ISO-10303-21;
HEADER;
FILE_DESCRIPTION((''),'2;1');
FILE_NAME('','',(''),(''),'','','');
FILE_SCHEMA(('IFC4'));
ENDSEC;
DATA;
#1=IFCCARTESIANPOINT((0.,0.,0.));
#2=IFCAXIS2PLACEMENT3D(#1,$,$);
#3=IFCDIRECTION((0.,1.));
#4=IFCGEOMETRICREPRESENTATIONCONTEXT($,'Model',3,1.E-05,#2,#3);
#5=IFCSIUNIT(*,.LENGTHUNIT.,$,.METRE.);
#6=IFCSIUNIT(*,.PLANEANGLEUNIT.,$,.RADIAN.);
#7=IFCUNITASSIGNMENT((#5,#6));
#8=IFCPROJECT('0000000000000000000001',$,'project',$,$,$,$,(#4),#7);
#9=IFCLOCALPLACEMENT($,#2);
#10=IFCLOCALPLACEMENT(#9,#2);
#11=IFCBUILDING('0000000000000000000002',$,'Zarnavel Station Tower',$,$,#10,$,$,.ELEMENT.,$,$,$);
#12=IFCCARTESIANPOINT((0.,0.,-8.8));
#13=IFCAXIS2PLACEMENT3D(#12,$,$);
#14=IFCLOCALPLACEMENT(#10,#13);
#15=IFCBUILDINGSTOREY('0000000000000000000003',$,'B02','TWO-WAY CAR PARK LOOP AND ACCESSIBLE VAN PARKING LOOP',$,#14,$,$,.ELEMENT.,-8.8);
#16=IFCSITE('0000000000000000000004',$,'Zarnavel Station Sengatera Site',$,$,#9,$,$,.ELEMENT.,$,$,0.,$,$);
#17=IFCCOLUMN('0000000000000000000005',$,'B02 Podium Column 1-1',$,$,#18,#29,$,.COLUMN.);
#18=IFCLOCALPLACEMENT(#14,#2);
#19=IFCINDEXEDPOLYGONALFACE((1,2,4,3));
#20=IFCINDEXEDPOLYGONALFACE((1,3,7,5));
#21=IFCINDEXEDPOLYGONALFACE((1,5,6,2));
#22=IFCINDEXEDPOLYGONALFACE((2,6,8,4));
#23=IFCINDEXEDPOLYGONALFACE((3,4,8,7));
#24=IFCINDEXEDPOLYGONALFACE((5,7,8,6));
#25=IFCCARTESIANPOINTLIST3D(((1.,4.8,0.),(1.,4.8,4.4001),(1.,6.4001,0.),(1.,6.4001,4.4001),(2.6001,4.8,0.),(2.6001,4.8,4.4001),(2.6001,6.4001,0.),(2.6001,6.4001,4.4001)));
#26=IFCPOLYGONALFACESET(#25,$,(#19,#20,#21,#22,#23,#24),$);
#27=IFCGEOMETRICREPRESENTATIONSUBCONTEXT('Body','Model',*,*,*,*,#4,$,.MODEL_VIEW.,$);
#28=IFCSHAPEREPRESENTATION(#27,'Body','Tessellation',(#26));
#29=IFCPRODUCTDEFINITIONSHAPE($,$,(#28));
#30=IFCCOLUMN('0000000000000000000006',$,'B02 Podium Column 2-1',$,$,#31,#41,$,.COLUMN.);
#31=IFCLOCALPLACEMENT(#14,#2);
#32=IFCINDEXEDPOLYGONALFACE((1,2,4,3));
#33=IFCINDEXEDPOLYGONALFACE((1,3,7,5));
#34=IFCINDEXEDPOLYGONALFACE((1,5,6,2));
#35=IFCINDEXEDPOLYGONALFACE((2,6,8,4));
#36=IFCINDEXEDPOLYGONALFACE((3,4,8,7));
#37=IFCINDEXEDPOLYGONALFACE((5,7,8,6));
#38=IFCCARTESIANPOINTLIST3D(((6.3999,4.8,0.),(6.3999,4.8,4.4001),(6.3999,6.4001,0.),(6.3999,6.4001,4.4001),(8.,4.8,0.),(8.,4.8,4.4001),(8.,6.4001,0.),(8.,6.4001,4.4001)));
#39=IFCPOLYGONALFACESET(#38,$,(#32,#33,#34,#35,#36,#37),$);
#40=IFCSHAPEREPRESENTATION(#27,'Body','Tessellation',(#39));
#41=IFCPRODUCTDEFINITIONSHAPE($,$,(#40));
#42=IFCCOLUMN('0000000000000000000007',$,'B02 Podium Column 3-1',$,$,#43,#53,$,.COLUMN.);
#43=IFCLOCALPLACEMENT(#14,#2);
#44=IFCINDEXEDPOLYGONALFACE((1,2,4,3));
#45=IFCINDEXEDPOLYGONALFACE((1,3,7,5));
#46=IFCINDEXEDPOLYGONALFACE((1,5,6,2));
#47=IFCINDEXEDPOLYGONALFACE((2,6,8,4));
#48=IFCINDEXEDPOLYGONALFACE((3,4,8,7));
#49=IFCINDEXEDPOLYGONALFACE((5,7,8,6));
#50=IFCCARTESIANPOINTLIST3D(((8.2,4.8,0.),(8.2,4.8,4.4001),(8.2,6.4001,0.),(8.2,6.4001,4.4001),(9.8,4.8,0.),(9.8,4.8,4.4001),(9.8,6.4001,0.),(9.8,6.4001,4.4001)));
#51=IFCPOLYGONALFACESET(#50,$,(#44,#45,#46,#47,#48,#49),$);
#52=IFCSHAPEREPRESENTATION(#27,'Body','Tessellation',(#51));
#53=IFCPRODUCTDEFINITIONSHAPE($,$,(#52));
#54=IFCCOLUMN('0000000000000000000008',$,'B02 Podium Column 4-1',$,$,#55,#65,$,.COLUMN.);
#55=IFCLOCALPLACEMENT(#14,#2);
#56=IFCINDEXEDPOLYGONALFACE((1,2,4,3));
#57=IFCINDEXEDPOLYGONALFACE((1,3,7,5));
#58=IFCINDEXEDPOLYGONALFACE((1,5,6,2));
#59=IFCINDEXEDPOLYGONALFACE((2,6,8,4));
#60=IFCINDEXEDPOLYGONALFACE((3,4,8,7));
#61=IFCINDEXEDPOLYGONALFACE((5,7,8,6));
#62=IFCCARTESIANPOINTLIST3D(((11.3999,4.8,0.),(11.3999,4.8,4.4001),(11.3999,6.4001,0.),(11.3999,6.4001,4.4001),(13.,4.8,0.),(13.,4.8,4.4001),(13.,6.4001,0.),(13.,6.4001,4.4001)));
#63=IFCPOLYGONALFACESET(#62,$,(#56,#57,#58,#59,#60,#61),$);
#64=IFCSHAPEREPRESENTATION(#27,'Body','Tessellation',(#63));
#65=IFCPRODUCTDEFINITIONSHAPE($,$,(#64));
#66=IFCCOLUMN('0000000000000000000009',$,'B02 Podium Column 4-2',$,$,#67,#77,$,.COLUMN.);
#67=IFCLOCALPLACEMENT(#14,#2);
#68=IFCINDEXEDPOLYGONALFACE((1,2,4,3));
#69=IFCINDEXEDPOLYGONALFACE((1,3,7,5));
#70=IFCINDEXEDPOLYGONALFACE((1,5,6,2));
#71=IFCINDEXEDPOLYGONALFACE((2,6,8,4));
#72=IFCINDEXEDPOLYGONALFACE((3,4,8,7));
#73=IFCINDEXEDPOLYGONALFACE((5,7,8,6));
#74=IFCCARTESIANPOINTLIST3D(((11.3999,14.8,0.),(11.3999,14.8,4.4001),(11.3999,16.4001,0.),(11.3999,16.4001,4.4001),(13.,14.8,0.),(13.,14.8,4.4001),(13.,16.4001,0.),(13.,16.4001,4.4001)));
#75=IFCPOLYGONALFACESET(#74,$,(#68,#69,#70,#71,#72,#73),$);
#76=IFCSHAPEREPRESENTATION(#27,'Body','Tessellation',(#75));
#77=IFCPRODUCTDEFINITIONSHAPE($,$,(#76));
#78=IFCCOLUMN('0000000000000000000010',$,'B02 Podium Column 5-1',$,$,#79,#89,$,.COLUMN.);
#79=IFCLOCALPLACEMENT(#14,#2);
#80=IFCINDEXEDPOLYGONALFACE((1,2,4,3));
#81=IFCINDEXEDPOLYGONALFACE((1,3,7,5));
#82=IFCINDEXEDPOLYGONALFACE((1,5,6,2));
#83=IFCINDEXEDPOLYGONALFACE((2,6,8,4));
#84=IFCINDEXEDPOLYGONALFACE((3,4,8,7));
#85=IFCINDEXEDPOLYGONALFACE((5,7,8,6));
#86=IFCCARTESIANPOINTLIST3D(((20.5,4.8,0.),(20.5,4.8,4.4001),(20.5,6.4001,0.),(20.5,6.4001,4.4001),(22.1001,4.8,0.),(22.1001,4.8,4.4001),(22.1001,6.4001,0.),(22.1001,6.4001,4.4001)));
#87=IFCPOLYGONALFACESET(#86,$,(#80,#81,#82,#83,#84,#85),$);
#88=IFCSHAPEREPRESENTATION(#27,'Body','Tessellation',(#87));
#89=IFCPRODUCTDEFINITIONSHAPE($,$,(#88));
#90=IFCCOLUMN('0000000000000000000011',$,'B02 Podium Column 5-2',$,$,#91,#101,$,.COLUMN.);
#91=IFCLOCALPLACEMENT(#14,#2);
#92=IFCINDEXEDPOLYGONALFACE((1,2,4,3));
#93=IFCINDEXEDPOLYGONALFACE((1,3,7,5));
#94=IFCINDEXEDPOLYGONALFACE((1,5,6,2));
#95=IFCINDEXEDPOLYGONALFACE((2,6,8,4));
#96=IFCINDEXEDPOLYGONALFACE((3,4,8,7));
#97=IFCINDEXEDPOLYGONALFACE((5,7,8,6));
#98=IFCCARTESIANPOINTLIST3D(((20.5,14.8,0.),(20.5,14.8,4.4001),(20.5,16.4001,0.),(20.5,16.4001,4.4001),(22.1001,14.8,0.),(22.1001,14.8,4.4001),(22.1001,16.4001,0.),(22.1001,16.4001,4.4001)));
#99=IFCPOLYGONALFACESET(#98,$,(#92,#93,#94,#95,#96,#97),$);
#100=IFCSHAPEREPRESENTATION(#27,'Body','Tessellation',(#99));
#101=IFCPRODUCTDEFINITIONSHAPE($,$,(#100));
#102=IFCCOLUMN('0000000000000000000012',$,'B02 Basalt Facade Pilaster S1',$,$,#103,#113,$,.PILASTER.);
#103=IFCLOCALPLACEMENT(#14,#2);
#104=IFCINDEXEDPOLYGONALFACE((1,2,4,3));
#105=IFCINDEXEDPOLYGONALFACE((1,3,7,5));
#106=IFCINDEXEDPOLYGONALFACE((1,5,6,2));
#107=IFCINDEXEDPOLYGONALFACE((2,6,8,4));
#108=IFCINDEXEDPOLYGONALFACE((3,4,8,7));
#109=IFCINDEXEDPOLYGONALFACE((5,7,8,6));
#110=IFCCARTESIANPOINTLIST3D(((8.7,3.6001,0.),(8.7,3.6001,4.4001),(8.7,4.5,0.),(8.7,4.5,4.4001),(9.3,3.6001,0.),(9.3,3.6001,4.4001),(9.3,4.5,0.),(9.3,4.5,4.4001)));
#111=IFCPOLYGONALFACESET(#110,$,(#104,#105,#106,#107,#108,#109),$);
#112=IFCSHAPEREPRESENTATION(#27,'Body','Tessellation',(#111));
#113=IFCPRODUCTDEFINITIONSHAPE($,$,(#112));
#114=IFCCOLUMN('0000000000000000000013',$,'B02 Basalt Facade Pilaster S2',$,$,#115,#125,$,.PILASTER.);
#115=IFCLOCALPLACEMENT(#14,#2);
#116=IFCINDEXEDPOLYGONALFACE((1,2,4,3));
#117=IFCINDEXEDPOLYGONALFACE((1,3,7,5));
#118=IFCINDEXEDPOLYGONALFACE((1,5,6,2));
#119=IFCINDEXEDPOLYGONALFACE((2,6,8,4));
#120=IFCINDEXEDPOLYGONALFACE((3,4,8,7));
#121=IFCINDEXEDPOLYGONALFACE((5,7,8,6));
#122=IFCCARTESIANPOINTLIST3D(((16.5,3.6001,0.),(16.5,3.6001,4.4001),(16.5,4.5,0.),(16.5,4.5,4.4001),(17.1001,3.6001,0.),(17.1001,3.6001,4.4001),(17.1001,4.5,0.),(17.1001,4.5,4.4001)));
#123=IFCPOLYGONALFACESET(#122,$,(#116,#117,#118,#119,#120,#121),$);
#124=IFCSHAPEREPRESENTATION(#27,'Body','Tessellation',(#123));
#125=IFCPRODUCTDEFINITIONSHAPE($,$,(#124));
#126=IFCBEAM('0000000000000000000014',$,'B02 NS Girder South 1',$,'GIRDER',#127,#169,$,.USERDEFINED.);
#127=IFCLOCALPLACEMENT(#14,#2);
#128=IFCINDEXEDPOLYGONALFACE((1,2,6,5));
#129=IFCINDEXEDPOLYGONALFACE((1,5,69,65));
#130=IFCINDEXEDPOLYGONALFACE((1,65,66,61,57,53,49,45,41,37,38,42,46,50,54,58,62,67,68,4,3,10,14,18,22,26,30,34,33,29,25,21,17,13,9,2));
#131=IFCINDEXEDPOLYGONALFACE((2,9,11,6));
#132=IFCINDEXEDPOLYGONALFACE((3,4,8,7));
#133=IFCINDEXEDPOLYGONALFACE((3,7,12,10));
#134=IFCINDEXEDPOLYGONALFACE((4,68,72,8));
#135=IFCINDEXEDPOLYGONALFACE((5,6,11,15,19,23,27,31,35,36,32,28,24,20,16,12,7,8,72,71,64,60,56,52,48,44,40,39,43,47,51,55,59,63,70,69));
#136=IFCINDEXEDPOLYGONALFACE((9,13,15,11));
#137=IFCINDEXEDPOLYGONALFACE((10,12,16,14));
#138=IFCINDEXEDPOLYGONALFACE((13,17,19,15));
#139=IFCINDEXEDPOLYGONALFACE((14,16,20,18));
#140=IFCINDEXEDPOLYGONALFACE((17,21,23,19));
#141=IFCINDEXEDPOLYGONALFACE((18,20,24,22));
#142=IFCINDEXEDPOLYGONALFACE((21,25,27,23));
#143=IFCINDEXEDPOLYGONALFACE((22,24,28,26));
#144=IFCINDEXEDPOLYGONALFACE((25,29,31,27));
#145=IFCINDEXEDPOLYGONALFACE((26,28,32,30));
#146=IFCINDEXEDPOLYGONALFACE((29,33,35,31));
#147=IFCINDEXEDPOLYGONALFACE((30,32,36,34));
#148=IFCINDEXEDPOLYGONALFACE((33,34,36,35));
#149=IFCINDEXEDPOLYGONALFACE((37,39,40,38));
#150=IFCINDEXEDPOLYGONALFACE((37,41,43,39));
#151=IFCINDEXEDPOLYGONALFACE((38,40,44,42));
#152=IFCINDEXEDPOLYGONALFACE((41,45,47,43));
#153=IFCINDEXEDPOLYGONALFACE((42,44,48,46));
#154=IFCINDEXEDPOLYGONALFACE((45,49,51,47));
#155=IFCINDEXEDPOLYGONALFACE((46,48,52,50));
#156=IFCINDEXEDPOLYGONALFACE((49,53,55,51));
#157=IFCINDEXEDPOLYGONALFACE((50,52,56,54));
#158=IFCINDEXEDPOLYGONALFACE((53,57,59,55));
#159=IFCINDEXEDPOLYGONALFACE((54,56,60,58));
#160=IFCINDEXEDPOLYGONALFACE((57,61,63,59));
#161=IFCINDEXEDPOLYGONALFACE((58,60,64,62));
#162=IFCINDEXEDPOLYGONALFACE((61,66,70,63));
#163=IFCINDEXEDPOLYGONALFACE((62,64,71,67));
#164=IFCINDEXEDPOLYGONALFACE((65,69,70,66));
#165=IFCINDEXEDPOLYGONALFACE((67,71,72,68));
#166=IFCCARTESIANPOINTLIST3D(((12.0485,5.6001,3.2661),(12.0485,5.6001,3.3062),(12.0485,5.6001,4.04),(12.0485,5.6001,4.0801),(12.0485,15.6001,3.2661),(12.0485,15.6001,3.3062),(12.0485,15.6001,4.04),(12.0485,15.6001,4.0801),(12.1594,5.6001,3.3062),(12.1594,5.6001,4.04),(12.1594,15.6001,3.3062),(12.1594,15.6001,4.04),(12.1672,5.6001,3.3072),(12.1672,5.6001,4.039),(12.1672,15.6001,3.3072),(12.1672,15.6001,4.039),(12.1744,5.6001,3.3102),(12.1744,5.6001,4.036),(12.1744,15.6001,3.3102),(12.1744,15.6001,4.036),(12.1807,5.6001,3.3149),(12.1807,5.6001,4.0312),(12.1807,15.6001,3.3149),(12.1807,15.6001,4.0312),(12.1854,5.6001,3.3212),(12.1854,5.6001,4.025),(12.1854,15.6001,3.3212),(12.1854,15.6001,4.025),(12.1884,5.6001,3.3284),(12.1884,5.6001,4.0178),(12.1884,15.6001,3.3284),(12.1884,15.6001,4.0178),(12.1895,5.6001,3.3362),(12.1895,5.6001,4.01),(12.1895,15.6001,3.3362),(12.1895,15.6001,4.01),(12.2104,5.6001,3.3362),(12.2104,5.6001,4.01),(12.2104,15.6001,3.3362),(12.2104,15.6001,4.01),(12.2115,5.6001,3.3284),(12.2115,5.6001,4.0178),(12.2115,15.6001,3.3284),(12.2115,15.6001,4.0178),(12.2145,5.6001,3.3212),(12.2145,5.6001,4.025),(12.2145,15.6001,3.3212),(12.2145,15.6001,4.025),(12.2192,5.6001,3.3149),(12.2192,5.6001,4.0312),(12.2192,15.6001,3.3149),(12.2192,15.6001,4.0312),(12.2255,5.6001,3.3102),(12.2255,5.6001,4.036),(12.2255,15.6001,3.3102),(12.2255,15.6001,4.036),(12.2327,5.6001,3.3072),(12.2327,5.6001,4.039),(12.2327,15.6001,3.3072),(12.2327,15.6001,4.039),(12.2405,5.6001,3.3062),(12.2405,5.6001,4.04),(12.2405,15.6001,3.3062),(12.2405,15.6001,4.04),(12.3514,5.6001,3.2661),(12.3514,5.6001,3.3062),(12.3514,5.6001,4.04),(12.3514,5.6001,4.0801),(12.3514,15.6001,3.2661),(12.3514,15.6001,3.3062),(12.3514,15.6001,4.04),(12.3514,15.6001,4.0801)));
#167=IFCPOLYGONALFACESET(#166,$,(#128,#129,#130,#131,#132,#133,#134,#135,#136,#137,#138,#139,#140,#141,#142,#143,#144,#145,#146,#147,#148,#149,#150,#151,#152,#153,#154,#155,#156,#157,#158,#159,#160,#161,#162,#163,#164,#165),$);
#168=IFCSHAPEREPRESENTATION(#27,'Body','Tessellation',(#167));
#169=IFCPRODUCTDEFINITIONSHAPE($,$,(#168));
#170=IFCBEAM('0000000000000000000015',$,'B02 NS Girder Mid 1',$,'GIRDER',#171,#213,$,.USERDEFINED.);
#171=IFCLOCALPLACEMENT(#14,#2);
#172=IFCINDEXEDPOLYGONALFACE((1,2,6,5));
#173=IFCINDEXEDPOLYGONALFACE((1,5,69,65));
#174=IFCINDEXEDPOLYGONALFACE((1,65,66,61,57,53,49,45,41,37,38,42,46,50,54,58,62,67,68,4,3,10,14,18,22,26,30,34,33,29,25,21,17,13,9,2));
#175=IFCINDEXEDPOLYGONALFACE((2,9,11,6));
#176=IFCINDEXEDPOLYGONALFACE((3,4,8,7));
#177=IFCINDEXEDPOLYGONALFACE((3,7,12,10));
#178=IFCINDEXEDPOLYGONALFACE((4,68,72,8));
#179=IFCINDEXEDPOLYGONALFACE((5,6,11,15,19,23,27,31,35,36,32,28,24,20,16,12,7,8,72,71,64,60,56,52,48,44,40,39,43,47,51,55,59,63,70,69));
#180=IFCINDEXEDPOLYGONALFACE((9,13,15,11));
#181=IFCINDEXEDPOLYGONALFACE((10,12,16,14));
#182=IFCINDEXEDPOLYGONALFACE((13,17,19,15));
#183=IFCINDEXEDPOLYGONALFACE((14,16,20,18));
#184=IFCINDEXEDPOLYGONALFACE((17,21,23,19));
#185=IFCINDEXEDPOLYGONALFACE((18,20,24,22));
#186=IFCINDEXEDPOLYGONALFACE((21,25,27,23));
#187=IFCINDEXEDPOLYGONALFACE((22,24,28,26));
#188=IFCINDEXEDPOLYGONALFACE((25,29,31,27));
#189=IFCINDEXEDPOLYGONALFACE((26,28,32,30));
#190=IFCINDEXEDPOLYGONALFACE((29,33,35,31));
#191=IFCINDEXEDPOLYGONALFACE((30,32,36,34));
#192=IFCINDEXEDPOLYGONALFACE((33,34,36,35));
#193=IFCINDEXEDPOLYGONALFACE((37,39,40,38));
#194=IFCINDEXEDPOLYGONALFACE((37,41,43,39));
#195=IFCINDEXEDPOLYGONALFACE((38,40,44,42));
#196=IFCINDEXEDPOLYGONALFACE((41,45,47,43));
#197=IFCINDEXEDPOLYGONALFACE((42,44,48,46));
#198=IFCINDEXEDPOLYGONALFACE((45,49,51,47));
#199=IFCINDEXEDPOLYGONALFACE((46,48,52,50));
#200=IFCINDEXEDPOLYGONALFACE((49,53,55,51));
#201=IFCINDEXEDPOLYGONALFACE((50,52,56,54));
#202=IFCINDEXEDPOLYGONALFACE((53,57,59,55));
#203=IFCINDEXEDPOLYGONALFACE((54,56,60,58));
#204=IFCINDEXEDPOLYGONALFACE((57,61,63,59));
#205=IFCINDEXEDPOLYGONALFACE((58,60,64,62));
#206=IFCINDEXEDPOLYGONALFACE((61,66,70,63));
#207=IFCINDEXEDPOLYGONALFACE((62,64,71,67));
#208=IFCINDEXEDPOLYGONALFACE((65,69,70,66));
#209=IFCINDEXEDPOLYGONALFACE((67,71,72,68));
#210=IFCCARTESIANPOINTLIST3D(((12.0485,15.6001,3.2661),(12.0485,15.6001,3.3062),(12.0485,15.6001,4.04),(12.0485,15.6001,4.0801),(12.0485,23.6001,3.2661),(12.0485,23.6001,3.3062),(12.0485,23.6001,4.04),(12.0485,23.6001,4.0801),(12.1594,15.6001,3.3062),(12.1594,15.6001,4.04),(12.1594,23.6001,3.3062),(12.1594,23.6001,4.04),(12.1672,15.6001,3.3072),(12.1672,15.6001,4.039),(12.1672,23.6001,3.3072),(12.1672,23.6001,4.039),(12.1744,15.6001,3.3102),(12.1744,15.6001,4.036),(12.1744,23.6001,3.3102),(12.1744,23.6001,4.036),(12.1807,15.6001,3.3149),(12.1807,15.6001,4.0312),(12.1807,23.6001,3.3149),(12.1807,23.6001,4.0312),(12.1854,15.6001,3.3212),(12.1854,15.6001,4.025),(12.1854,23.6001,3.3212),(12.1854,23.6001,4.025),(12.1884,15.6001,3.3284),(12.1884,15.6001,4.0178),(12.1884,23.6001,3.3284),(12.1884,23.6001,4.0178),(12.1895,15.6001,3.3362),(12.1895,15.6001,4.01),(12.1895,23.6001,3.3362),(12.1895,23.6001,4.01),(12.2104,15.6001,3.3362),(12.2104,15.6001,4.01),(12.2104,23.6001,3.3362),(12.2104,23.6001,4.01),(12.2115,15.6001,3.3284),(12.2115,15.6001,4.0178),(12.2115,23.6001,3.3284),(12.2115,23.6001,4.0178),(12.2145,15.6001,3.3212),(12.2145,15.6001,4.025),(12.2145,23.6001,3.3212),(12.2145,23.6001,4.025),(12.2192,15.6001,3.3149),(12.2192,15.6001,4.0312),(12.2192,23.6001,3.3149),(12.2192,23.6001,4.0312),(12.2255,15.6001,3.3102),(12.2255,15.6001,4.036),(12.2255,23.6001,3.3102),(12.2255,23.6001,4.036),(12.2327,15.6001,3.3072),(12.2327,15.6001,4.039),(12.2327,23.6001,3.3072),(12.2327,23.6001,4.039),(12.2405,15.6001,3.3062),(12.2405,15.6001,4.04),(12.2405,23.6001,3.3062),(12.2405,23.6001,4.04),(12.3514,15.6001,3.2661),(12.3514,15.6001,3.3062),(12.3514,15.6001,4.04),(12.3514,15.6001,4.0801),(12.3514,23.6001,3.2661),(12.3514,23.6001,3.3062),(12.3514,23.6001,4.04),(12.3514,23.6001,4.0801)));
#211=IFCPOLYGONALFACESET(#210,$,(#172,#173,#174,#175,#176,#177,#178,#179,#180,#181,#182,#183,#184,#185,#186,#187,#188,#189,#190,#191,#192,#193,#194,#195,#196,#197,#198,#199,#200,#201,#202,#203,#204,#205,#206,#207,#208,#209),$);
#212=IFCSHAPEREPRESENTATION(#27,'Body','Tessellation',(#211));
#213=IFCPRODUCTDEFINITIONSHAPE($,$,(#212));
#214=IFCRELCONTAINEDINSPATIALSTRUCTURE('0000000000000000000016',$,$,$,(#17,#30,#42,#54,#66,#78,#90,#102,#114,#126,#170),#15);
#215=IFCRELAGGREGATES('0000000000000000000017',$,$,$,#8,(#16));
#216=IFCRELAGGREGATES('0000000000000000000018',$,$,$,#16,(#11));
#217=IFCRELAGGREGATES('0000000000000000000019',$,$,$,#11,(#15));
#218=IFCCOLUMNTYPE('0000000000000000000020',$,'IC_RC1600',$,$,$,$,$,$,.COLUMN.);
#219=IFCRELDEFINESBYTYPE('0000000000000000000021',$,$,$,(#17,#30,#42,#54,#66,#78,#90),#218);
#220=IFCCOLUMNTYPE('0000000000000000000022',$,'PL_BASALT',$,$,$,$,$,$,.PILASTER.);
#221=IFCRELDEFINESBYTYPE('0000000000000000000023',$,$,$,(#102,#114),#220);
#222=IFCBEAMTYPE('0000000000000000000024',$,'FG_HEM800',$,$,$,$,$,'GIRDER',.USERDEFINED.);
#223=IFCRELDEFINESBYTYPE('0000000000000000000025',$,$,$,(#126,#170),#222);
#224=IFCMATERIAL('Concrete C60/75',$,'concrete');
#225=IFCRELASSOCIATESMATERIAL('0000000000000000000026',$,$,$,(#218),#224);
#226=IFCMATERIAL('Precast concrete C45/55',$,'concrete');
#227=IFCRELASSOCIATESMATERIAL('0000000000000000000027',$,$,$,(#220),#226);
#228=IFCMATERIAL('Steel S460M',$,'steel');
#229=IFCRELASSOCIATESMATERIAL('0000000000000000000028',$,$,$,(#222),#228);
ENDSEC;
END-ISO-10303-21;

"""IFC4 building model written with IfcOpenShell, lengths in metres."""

from ifc_helpers import new_model, si_unit, direction, frame, origin, origin_2d, place, context, subcontext, project, spatial, rectangle, i_section, extrude, material, material_profile, profile_set, type_object, element, save


model = new_model("IFC4")

# Units and contexts
model_context = context("Model", 3, precision=1e-05, world=origin(), true_north=direction((0.0, 1.0)))
body_context = subcontext(model_context, "Body", "Model", "MODEL_VIEW")
ifc_project = project(units=[si_unit("LENGTHUNIT", "METRE"), si_unit("PLANEANGLEUNIT", "RADIAN")], contexts=[model_context])

# Site, building, storey
site_placement = place(None, origin())
site = spatial("IfcSite", under=ifc_project, at=site_placement, Name="Zarnavel Station Sengatera Site", CompositionType="ELEMENT", RefElevation=0.0)
building_placement = place(site_placement, origin())
building = spatial("IfcBuilding", under=site, at=building_placement, Name="Zarnavel Station Tower", CompositionType="ELEMENT")
storey_placement = place(building_placement, frame((0.0, 0.0, -8.8)))
storey = spatial("IfcBuildingStorey", under=building, at=storey_placement, Name="B02", Description="TWO-WAY CAR PARK LOOP AND ACCESSIBLE VAN PARKING LOOP", CompositionType="ELEMENT", Elevation=-8.8)

# Columns
ifc_material_1 = material(Name="Concrete C60/75", Category="concrete")
ifc_material_profile_1 = material_profile(ifc_material_1, rectangle(XDim=1.6001, YDim=1.6001, at=origin_2d()), Name="RC1600x1600")
ifc_profile_set_1 = profile_set([ifc_material_profile_1], Name="Concrete C60/75")
column_type_1 = type_object("IfcColumnType", Name="IC_RC1600", PredefinedType="COLUMN", material=ifc_profile_set_1)
for number, where, z_axis, x_axis, name in (
    (1, (1.8, 5.6001, 0.0), (0.0, 0.0, 1.0), (1.0, 0.0, 0.0), "B02 Podium Column 1-1"),
    (2, (7.2, 5.6001, 0.0), (0.0, 0.0, 1.0), (1.0, 0.0, 0.0), "B02 Podium Column 2-1"),
    (3, (9.0, 5.6001, 0.0), (0.0, 0.0, 1.0), (1.0, 0.0, 0.0), "B02 Podium Column 3-1"),
    (4, (12.2, 5.6001, 0.0), (0.0, 0.0, 1.0), (1.0, 0.0, 0.0), "B02 Podium Column 4-1"),
    (5, (12.2, 15.6001, 0.0), (0.0, 0.0, 1.0), (1.0, 0.0, 0.0), "B02 Podium Column 4-2"),
    (6, (21.3, 5.6001, 0.0), (0.0, 0.0, 1.0), (1.0, 0.0, 0.0), "B02 Podium Column 5-1"),
    (7, (21.3, 15.6001, 0.0), (0.0, 0.0, 1.0), (1.0, 0.0, 0.0), "B02 Podium Column 5-2"),
):
    element("IfcColumn", number, at=place(storey_placement, frame(where, z_axis=z_axis, x_axis=x_axis)), inside=storey, type_object=column_type_1, Name=name, PredefinedType="COLUMN", context=body_context, shape_type="SweptSolid", body=[
        extrude(rectangle(XDim=1.6001, YDim=1.6001, at=origin_2d()), origin(), (0.0, 0.0, 1.0), 4.4001),
    ])
ifc_material_2 = material(Name="Precast concrete C45/55", Category="concrete")
ifc_material_profile_2 = material_profile(ifc_material_2, rectangle(XDim=0.6001, YDim=0.8999, at=origin_2d()), Name="RC600x900")
ifc_profile_set_2 = profile_set([ifc_material_profile_2], Name="Precast concrete C45/55")
column_type_2 = type_object("IfcColumnType", Name="PL_BASALT", PredefinedType="PILASTER", material=ifc_profile_set_2)
for number, where, z_axis, x_axis, name in (
    (8, (9.0, 4.05, 0.0), (0.0, 0.0, 1.0), (1.0, 0.0, 0.0), "B02 Basalt Facade Pilaster S1"),
    (9, (16.8, 4.05, 0.0), (0.0, 0.0, 1.0), (1.0, 0.0, 0.0), "B02 Basalt Facade Pilaster S2"),
):
    element("IfcColumn", number, at=place(storey_placement, frame(where, z_axis=z_axis, x_axis=x_axis)), inside=storey, type_object=column_type_2, Name=name, PredefinedType="PILASTER", context=body_context, shape_type="SweptSolid", body=[
        extrude(rectangle(XDim=0.6001, YDim=0.8999, at=origin_2d()), origin(), (0.0, 0.0, 1.0), 4.4001),
    ])

# Beams
ifc_material_3 = material(Name="Steel S460M", Category="steel")
ifc_material_profile_3 = material_profile(ifc_material_3, i_section(OverallWidth=0.303, OverallDepth=0.814, WebThickness=0.021, FlangeThickness=0.04, FilletRadius=0.03, at=origin_2d()), Name="HEM800")
ifc_profile_set_3 = profile_set([ifc_material_profile_3], Name="Steel S460M")
beam_type_1 = type_object("IfcBeamType", Name="FG_HEM800", ElementType="GIRDER", PredefinedType="USERDEFINED", material=ifc_profile_set_3)
beam_1_placement = place(storey_placement, frame((12.2, 5.6001, 3.6731), z_axis=(0.0, 1.0, 0.0), x_axis=(-1.0, 0.0, 0.0)))
element("IfcBeam", 10, at=beam_1_placement, inside=storey, type_object=beam_type_1, Name="B02 NS Girder South 1", ObjectType="GIRDER", PredefinedType="USERDEFINED", context=body_context, shape_type="SweptSolid", body=[
    extrude(i_section(OverallWidth=0.303, OverallDepth=0.814, WebThickness=0.021, FlangeThickness=0.04, FilletRadius=0.03, at=origin_2d()), origin(), (0.0, 0.0, 1.0), 10.0),
])
beam_2_placement = place(storey_placement, frame((12.2, 15.6001, 3.6731), z_axis=(0.0, 1.0, 0.0), x_axis=(-1.0, 0.0, 0.0)))
element("IfcBeam", 11, at=beam_2_placement, inside=storey, type_object=beam_type_1, Name="B02 NS Girder Mid 1", ObjectType="GIRDER", PredefinedType="USERDEFINED", context=body_context, shape_type="SweptSolid", body=[
    extrude(i_section(OverallWidth=0.303, OverallDepth=0.814, WebThickness=0.021, FlangeThickness=0.04, FilletRadius=0.03, at=origin_2d()), origin(), (0.0, 0.0, 1.0), 8.0),
])

save(model, "model.ifc")
